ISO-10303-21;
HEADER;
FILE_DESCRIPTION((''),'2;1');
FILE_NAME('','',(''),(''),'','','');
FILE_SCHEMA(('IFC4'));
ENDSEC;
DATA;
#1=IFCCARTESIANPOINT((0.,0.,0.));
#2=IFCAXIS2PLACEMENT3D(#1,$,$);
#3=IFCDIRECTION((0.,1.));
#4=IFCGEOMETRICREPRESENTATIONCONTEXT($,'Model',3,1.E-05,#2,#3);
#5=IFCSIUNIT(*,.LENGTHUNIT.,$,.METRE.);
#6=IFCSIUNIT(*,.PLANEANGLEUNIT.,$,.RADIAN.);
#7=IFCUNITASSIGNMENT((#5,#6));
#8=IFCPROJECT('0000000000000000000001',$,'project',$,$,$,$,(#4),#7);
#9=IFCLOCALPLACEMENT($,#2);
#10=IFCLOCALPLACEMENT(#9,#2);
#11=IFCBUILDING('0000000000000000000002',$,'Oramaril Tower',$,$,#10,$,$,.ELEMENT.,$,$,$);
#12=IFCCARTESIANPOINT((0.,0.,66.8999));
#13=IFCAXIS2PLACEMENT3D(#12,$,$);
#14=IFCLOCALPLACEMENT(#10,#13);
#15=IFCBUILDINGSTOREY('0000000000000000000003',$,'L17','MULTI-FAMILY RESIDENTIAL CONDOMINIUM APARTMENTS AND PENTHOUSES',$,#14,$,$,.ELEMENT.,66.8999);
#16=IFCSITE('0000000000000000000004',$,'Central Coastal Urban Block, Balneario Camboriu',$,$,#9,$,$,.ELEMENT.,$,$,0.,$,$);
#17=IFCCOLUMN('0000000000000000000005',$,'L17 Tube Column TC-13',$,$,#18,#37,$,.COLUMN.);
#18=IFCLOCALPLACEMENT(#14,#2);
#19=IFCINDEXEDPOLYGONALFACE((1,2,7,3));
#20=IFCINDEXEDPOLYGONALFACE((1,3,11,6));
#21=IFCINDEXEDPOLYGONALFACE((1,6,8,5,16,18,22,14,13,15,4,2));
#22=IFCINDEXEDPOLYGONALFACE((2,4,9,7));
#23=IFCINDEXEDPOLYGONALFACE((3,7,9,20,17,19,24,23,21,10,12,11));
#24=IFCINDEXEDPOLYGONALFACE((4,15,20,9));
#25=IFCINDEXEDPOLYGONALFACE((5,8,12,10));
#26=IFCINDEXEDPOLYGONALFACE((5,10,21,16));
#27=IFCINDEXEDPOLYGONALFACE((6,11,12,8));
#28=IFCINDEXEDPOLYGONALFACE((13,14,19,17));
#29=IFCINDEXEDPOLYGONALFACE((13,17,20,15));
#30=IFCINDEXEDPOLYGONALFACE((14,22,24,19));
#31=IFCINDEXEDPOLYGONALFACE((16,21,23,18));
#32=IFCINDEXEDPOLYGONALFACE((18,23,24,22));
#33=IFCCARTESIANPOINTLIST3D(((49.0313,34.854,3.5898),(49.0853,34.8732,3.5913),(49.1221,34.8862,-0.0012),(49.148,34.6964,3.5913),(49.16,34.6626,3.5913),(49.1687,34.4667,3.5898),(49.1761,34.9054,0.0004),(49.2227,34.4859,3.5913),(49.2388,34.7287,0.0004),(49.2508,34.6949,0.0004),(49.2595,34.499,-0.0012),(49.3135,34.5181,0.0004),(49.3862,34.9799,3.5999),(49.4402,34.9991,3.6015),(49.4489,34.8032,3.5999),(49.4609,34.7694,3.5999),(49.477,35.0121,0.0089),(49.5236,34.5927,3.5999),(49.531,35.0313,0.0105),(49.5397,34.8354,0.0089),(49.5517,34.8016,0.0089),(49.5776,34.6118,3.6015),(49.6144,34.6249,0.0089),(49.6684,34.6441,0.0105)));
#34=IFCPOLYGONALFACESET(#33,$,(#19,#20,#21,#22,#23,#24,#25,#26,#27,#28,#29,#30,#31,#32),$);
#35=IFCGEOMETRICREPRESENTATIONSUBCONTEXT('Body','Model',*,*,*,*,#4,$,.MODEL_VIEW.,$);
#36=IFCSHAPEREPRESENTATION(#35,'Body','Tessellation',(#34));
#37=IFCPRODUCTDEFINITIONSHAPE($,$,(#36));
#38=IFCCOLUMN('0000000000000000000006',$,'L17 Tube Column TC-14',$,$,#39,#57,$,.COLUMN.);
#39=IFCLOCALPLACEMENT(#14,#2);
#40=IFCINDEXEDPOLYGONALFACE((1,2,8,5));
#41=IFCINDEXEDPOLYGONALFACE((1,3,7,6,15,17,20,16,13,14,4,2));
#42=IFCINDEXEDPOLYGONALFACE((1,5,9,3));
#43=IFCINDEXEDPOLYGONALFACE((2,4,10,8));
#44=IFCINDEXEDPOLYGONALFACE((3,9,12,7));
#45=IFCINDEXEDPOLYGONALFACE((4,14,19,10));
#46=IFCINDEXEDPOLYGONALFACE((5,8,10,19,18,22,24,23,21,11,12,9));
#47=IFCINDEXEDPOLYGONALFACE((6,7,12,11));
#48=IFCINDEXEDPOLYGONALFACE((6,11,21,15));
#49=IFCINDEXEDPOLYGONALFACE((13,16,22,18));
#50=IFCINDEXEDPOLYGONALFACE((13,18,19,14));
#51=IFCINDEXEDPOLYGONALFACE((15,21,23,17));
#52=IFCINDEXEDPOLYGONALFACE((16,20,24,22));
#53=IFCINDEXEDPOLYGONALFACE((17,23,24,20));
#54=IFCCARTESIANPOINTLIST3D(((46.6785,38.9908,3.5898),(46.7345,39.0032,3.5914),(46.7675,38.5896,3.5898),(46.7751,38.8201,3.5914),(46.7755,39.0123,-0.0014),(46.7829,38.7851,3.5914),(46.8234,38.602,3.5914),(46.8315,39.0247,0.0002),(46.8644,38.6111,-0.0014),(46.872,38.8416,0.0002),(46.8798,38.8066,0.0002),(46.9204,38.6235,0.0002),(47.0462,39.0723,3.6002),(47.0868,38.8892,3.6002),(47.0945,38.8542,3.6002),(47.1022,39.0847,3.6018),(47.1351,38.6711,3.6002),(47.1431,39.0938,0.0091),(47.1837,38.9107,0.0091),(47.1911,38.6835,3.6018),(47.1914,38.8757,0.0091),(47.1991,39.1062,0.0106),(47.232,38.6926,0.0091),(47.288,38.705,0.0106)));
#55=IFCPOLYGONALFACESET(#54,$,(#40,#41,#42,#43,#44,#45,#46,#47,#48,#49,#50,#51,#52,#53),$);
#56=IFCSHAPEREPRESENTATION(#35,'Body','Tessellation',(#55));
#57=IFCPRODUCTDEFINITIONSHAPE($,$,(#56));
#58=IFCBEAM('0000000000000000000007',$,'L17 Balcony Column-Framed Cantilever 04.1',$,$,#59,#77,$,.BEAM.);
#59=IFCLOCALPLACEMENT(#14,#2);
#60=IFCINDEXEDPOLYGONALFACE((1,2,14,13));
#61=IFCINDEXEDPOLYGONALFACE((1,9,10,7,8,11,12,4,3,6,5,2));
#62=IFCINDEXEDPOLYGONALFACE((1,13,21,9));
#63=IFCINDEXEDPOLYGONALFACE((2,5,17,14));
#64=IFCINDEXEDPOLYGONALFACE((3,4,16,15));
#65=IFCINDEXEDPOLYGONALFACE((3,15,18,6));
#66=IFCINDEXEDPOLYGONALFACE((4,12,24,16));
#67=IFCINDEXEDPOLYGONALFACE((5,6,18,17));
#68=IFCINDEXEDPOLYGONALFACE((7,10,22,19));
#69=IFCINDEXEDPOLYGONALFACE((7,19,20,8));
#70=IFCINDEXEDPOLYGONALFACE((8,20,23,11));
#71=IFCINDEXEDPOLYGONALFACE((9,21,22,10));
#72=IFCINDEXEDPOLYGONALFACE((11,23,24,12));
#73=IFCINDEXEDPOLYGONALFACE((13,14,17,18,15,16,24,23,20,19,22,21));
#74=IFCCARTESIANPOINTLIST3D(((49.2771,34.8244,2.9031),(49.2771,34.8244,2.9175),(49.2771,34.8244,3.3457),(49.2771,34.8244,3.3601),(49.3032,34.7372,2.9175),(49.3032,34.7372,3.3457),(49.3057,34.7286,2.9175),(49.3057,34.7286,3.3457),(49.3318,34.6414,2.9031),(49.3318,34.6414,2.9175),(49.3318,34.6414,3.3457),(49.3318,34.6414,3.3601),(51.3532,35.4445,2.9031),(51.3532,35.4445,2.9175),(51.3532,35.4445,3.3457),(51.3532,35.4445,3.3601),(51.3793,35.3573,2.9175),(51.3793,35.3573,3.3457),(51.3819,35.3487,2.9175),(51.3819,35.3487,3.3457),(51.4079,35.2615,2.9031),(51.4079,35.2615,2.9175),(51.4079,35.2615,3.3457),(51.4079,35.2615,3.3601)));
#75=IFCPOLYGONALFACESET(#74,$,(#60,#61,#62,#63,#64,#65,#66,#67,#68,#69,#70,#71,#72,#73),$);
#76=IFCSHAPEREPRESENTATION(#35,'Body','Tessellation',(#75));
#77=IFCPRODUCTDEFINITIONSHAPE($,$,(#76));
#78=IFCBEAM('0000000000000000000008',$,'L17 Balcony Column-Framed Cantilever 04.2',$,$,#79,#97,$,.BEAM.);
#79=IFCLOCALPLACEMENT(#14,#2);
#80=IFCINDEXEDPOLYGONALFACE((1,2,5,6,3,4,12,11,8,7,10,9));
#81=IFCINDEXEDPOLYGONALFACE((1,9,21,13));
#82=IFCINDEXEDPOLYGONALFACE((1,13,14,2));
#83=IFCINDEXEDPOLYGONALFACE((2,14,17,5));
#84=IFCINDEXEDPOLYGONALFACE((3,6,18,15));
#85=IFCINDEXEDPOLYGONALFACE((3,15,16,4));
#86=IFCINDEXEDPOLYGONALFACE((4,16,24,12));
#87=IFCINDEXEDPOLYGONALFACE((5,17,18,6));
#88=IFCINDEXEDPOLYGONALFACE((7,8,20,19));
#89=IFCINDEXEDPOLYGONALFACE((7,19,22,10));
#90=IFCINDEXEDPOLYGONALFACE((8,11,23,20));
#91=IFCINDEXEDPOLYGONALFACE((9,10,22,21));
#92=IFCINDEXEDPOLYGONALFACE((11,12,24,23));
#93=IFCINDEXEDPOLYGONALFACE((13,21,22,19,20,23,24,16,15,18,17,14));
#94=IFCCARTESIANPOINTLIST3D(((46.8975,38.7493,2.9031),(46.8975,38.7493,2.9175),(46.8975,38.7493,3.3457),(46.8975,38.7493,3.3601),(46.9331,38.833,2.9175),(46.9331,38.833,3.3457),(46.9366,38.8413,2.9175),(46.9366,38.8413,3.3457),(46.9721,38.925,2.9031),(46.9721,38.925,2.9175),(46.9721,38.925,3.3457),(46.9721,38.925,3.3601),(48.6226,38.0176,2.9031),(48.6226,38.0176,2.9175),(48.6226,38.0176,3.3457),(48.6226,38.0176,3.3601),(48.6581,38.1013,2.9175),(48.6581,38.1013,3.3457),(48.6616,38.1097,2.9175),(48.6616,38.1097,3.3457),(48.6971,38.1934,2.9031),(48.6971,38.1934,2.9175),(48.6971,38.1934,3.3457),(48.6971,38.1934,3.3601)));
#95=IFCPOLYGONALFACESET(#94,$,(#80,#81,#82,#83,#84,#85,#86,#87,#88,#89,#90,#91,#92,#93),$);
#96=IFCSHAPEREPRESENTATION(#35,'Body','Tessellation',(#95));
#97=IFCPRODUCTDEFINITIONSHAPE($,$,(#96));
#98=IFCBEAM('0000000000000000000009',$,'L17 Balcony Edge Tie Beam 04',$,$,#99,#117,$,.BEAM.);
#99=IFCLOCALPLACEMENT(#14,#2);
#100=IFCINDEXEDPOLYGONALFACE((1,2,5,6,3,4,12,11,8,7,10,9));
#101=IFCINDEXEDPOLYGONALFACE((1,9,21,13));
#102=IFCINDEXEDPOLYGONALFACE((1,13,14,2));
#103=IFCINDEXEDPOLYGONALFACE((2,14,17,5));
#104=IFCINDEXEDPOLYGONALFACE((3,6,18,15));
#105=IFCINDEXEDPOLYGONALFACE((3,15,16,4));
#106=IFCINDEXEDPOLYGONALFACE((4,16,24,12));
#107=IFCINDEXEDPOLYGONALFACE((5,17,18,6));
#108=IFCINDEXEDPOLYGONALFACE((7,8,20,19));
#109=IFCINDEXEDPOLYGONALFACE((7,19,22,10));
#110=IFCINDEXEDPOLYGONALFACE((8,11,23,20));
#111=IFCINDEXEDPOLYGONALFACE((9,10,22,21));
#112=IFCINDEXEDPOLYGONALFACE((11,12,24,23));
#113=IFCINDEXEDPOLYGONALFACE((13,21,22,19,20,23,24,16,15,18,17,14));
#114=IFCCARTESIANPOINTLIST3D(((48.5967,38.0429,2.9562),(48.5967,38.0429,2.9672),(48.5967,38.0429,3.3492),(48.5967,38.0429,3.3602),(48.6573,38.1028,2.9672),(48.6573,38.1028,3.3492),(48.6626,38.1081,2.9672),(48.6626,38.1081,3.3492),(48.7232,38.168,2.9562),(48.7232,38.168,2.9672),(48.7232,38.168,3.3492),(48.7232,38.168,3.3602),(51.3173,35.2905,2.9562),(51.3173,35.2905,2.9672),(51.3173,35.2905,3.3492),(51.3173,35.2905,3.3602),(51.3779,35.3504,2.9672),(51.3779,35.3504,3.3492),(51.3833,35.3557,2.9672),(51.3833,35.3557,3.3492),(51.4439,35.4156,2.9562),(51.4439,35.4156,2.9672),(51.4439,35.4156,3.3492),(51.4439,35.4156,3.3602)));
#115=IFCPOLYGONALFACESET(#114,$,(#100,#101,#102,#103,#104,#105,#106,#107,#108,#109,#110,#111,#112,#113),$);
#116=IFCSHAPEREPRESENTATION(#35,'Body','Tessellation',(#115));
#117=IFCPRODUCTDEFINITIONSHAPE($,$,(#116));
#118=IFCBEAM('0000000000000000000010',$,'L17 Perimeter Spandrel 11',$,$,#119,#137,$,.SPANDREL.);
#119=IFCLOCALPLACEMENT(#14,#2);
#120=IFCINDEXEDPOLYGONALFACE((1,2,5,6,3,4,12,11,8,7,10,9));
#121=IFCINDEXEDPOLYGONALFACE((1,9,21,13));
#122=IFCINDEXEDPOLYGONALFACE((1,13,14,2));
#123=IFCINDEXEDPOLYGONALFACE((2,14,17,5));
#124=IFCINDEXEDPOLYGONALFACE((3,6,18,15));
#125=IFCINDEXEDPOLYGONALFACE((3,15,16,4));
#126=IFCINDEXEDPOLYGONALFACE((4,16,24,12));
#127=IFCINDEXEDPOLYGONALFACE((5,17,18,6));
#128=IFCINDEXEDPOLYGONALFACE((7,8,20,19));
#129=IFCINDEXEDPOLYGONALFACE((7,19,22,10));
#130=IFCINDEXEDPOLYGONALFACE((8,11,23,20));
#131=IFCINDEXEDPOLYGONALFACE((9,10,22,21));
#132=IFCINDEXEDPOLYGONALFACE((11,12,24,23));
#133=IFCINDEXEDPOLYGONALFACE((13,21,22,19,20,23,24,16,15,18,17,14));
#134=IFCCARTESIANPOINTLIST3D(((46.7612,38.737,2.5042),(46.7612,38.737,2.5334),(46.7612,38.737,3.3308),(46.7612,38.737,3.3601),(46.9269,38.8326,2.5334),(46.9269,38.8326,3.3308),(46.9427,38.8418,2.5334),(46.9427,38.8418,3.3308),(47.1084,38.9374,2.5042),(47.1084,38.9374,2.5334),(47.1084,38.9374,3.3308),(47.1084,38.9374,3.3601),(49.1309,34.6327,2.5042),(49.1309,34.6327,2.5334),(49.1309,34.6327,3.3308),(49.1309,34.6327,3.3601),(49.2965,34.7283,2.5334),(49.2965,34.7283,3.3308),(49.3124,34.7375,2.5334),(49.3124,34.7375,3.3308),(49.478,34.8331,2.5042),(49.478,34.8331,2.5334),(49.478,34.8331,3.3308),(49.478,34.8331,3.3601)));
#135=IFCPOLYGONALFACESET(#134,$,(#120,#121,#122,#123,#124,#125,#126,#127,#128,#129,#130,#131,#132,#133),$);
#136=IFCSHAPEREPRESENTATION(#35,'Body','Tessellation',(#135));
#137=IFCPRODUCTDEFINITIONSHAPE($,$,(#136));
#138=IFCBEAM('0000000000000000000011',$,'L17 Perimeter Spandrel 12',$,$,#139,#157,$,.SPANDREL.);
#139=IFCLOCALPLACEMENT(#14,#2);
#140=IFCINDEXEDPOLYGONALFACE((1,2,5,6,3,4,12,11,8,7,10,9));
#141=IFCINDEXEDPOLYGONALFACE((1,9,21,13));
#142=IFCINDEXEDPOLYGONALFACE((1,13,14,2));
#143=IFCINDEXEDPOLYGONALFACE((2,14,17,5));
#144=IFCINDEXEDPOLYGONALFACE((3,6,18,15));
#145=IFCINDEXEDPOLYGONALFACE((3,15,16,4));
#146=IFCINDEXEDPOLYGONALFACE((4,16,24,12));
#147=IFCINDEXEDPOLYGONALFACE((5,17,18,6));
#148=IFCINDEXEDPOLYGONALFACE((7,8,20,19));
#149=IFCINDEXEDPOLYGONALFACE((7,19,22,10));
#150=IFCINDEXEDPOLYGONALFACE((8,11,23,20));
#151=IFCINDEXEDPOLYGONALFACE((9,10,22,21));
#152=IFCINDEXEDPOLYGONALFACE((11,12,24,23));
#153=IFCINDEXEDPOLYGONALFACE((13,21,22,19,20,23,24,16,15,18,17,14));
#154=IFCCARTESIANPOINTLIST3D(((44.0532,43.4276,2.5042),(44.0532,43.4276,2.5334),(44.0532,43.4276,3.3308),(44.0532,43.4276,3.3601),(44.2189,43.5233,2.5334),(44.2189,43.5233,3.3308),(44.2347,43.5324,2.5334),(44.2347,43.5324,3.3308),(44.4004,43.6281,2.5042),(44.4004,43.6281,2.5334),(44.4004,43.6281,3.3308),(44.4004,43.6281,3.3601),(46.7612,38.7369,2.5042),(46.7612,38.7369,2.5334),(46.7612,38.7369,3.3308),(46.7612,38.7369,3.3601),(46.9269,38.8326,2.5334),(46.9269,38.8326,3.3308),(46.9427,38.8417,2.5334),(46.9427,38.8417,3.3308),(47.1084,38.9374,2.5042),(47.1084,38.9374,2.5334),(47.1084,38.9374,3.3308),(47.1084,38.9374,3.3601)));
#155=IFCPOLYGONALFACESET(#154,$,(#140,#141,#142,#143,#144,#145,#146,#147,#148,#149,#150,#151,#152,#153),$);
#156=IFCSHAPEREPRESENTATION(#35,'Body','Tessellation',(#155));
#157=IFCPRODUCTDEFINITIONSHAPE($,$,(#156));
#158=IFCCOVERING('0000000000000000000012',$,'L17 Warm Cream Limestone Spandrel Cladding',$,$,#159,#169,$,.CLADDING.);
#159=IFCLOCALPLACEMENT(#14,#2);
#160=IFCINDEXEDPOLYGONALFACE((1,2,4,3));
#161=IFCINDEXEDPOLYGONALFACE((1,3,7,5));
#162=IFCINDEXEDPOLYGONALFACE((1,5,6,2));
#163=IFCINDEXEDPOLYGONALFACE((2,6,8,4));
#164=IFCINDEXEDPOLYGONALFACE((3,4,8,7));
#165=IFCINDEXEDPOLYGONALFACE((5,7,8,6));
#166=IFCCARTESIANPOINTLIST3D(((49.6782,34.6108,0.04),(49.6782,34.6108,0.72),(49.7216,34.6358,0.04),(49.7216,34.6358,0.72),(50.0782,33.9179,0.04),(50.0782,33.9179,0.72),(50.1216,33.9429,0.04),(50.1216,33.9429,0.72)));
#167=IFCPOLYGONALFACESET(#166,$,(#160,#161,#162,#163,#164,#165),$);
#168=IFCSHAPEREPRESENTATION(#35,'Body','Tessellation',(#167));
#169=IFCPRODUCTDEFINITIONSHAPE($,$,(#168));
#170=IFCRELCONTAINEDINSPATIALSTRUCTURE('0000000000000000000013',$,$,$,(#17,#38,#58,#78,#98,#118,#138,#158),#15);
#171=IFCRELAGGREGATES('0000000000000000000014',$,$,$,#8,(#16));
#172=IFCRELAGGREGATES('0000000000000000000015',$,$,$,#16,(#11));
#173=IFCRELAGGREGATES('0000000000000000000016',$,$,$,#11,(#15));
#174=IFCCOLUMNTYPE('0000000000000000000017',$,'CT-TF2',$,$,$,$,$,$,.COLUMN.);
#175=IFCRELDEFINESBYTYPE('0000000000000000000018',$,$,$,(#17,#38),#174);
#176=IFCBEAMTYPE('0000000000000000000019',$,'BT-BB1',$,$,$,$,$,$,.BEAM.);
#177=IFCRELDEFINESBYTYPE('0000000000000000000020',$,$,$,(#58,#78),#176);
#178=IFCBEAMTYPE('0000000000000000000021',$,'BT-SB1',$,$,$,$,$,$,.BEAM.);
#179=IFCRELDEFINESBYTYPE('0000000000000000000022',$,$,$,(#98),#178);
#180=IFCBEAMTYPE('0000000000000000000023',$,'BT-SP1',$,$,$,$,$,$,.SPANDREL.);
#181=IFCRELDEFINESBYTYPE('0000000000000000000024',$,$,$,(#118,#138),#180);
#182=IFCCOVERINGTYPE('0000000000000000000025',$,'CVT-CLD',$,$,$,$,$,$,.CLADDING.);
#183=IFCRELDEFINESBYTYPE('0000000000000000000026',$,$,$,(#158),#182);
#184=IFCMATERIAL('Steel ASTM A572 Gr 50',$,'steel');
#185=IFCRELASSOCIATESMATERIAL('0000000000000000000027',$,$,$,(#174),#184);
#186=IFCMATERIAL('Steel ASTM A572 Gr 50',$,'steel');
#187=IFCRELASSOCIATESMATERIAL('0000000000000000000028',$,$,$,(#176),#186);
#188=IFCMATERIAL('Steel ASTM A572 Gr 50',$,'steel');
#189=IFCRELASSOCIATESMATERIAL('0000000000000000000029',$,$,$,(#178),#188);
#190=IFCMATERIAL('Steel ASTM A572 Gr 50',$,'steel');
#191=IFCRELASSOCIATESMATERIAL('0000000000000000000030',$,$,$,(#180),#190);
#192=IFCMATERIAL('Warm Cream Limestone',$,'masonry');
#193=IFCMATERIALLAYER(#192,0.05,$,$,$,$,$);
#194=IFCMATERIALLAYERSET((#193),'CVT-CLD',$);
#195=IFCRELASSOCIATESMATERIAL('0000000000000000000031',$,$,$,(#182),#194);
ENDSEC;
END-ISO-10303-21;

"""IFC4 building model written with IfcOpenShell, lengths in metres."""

from ifc_helpers import new_model, si_unit, direction, frame, origin, origin_2d, place, context, subcontext, project, spatial, rectangle, i_section, extrude, material, layer, layer_set, material_profile, profile_set, type_object, element, save


model = new_model("IFC4")

# Units and contexts
model_context = context("Model", 3, precision=1e-05, world=origin(), true_north=direction((0.0, 1.0)))
body_context = subcontext(model_context, "Body", "Model", "MODEL_VIEW")
ifc_project = project(units=[si_unit("LENGTHUNIT", "METRE"), si_unit("PLANEANGLEUNIT", "RADIAN")], contexts=[model_context])

# Site, building, storey
site_placement = place(None, origin())
site = spatial("IfcSite", under=ifc_project, at=site_placement, Name="Central Coastal Urban Block, Balneario Camboriu", CompositionType="ELEMENT", RefElevation=0.0)
building_placement = place(site_placement, origin())
building = spatial("IfcBuilding", under=site, at=building_placement, Name="Oramaril Tower", CompositionType="ELEMENT")
storey_placement = place(building_placement, frame((0.0, 0.0, 66.8999)))
storey = spatial("IfcBuildingStorey", under=building, at=storey_placement, Name="L17", Description="MULTI-FAMILY RESIDENTIAL CONDOMINIUM APARTMENTS AND PENTHOUSES", CompositionType="ELEMENT", Elevation=66.8999)

# Columns
ifc_material_1 = material(Name="Steel ASTM A572 Gr 50", Category="steel")
ifc_material_profile_1 = material_profile(ifc_material_1, i_section(OverallWidth=0.4109, OverallDepth=0.4341, WebThickness=0.0359, FlangeThickness=0.0574, at=origin_2d()), Name="W14X311")
ifc_profile_set_1 = profile_set([ifc_material_profile_1], Name="Steel ASTM A572 Gr 50")
column_type = type_object("IfcColumnType", Name="CT-TF2", PredefinedType="COLUMN", material=ifc_profile_set_1)
column_1_placement = place(storey_placement, frame((49.3953, 34.7651, 0.0046), z_axis=(-0.025282, -0.008971, 0.99964), x_axis=(0.33441, -0.942428, 0.0)))
element("IfcColumn", 1, at=column_1_placement, inside=storey, type_object=column_type, Name="L17 Tube Column TC-13", PredefinedType="COLUMN", context=body_context, shape_type="SweptSolid", body=[
    extrude(i_section(OverallWidth=0.4109, OverallDepth=0.4341, WebThickness=0.0359, FlangeThickness=0.0574, at=origin_2d()), origin(), (0.0, 0.0, 1.0), 3.5923),
])
column_2_placement = place(storey_placement, frame((47.0317, 38.8586, 0.0046), z_axis=(-0.02698, -0.00598, 0.999618), x_axis=(0.21641, -0.976303, 0.0)))
element("IfcColumn", 2, at=column_2_placement, inside=storey, type_object=column_type, Name="L17 Tube Column TC-14", PredefinedType="COLUMN", context=body_context, shape_type="SweptSolid", body=[
    extrude(i_section(OverallWidth=0.4109, OverallDepth=0.4341, WebThickness=0.0359, FlangeThickness=0.0574, at=origin_2d()), origin(), (0.0, 0.0, 1.0), 3.5925),
])

# Beams
ifc_material_2 = material(Name="Steel ASTM A572 Gr 50", Category="steel")
ifc_material_profile_2 = material_profile(ifc_material_2, i_section(OverallWidth=0.1909, OverallDepth=0.457, WebThickness=0.009, FlangeThickness=0.0144, at=origin_2d()), Name="W18X50")
ifc_profile_set_2 = profile_set([ifc_material_profile_2], Name="Steel ASTM A572 Gr 50")
beam_type_1 = type_object("IfcBeamType", Name="BT-BB1", PredefinedType="BEAM", material=ifc_profile_set_2)
beam_1_placement = place(storey_placement, frame((49.3044, 34.7329, 3.1316), z_axis=(0.958173, 0.28619, 0.0), x_axis=(-0.28619, 0.958173, 0.0)))
element("IfcBeam", 3, at=beam_1_placement, inside=storey, type_object=beam_type_1, Name="L17 Balcony Column-Framed Cantilever 04.1", PredefinedType="BEAM", context=body_context, shape_type="SweptSolid", body=[
    extrude(i_section(OverallWidth=0.1909, OverallDepth=0.457, WebThickness=0.009, FlangeThickness=0.0144, at=origin_2d()), origin(), (0.0, 0.0, 1.0), 2.1667),
])
beam_2_placement = place(storey_placement, frame((46.9348, 38.8372, 3.1316), z_axis=(0.920614, -0.390473, 0.0), x_axis=(0.390473, 0.920614, 0.0)))
element("IfcBeam", 4, at=beam_2_placement, inside=storey, type_object=beam_type_1, Name="L17 Balcony Column-Framed Cantilever 04.2", PredefinedType="BEAM", context=body_context, shape_type="SweptSolid", body=[
    extrude(i_section(OverallWidth=0.1909, OverallDepth=0.457, WebThickness=0.009, FlangeThickness=0.0144, at=origin_2d()), origin(), (0.0, 0.0, 1.0), 1.8738),
])
ifc_material_3 = material(Name="Steel ASTM A572 Gr 50", Category="steel")
ifc_material_profile_3 = material_profile(ifc_material_3, i_section(OverallWidth=0.178, OverallDepth=0.4041, WebThickness=0.0076, FlangeThickness=0.011, at=origin_2d()), Name="W16X36")
ifc_profile_set_3 = profile_set([ifc_material_profile_3], Name="Steel ASTM A572 Gr 50")
beam_type_2 = type_object("IfcBeamType", Name="BT-SB1", PredefinedType="BEAM", material=ifc_profile_set_3)
beam_3_placement = place(storey_placement, frame((51.3806, 35.353, 3.1582), z_axis=(-0.702995, 0.711195, 0.0), x_axis=(-0.711195, -0.702995, 0.0)))
element("IfcBeam", 5, at=beam_3_placement, inside=storey, type_object=beam_type_2, Name="L17 Balcony Edge Tie Beam 04", PredefinedType="BEAM", context=body_context, shape_type="SweptSolid", body=[
    extrude(i_section(OverallWidth=0.178, OverallDepth=0.4041, WebThickness=0.0076, FlangeThickness=0.011, at=origin_2d()), origin(), (0.0, 0.0, 1.0), 3.8701),
])
ifc_material_4 = material(Name="Steel ASTM A572 Gr 50", Category="steel")
ifc_material_profile_4 = material_profile(ifc_material_4, i_section(OverallWidth=0.4009, OverallDepth=0.856, WebThickness=0.0183, FlangeThickness=0.0293, at=origin_2d()), Name="W33X201")
ifc_profile_set_4 = profile_set([ifc_material_profile_4], Name="Steel ASTM A572 Gr 50")
beam_type_3 = type_object("IfcBeamType", Name="BT-SP1", PredefinedType="SPANDREL", material=ifc_profile_set_4)
beam_4_placement = place(storey_placement, frame((49.3044, 34.7329, 2.9321), z_axis=(-0.500006, 0.866022, 0.0), x_axis=(-0.866022, -0.500006, 0.0)))
element("IfcBeam", 6, at=beam_4_placement, inside=storey, type_object=beam_type_3, Name="L17 Perimeter Spandrel 11", PredefinedType="SPANDREL", context=body_context, shape_type="SweptSolid", body=[
    extrude(i_section(OverallWidth=0.4009, OverallDepth=0.856, WebThickness=0.0183, FlangeThickness=0.0293, at=origin_2d()), origin(), (0.0, 0.0, 1.0), 4.7393),
])
beam_5_placement = place(storey_placement, frame((46.9348, 38.8372, 2.9321), z_axis=(-0.499979, 0.866038, 0.0), x_axis=(-0.866038, -0.499979, 0.0)))
element("IfcBeam", 7, at=beam_5_placement, inside=storey, type_object=beam_type_3, Name="L17 Perimeter Spandrel 12", PredefinedType="SPANDREL", context=body_context, shape_type="SweptSolid", body=[
    extrude(i_section(OverallWidth=0.4009, OverallDepth=0.856, WebThickness=0.0183, FlangeThickness=0.0293, at=origin_2d()), origin(), (0.0, 0.0, 1.0), 5.4163),
])

# Covering
ifc_material_5 = material(Name="Warm Cream Limestone", Category="masonry")
ifc_layer = layer(ifc_material_5, 0.05)
ifc_layer_set = layer_set([ifc_layer], Name="CVT-CLD")
covering_type = type_object("IfcCoveringType", Name="CVT-CLD", PredefinedType="CLADDING", material=ifc_layer_set)
covering_placement = place(storey_placement, frame((49.8999, 34.2769, 0.04), z_axis=(0.0, 0.0, 1.0), x_axis=(-0.5, 0.866025, 0.0)))
element("IfcCovering", 8, at=covering_placement, inside=storey, type_object=covering_type, Name="L17 Warm Cream Limestone Spandrel Cladding", PredefinedType="CLADDING", context=body_context, shape_type="SweptSolid", body=[
    extrude(rectangle(XDim=0.8, YDim=0.05, at=origin_2d()), origin(), (0.0, 0.0, 1.0), 0.6799),
])

save(model, "model.ifc")
